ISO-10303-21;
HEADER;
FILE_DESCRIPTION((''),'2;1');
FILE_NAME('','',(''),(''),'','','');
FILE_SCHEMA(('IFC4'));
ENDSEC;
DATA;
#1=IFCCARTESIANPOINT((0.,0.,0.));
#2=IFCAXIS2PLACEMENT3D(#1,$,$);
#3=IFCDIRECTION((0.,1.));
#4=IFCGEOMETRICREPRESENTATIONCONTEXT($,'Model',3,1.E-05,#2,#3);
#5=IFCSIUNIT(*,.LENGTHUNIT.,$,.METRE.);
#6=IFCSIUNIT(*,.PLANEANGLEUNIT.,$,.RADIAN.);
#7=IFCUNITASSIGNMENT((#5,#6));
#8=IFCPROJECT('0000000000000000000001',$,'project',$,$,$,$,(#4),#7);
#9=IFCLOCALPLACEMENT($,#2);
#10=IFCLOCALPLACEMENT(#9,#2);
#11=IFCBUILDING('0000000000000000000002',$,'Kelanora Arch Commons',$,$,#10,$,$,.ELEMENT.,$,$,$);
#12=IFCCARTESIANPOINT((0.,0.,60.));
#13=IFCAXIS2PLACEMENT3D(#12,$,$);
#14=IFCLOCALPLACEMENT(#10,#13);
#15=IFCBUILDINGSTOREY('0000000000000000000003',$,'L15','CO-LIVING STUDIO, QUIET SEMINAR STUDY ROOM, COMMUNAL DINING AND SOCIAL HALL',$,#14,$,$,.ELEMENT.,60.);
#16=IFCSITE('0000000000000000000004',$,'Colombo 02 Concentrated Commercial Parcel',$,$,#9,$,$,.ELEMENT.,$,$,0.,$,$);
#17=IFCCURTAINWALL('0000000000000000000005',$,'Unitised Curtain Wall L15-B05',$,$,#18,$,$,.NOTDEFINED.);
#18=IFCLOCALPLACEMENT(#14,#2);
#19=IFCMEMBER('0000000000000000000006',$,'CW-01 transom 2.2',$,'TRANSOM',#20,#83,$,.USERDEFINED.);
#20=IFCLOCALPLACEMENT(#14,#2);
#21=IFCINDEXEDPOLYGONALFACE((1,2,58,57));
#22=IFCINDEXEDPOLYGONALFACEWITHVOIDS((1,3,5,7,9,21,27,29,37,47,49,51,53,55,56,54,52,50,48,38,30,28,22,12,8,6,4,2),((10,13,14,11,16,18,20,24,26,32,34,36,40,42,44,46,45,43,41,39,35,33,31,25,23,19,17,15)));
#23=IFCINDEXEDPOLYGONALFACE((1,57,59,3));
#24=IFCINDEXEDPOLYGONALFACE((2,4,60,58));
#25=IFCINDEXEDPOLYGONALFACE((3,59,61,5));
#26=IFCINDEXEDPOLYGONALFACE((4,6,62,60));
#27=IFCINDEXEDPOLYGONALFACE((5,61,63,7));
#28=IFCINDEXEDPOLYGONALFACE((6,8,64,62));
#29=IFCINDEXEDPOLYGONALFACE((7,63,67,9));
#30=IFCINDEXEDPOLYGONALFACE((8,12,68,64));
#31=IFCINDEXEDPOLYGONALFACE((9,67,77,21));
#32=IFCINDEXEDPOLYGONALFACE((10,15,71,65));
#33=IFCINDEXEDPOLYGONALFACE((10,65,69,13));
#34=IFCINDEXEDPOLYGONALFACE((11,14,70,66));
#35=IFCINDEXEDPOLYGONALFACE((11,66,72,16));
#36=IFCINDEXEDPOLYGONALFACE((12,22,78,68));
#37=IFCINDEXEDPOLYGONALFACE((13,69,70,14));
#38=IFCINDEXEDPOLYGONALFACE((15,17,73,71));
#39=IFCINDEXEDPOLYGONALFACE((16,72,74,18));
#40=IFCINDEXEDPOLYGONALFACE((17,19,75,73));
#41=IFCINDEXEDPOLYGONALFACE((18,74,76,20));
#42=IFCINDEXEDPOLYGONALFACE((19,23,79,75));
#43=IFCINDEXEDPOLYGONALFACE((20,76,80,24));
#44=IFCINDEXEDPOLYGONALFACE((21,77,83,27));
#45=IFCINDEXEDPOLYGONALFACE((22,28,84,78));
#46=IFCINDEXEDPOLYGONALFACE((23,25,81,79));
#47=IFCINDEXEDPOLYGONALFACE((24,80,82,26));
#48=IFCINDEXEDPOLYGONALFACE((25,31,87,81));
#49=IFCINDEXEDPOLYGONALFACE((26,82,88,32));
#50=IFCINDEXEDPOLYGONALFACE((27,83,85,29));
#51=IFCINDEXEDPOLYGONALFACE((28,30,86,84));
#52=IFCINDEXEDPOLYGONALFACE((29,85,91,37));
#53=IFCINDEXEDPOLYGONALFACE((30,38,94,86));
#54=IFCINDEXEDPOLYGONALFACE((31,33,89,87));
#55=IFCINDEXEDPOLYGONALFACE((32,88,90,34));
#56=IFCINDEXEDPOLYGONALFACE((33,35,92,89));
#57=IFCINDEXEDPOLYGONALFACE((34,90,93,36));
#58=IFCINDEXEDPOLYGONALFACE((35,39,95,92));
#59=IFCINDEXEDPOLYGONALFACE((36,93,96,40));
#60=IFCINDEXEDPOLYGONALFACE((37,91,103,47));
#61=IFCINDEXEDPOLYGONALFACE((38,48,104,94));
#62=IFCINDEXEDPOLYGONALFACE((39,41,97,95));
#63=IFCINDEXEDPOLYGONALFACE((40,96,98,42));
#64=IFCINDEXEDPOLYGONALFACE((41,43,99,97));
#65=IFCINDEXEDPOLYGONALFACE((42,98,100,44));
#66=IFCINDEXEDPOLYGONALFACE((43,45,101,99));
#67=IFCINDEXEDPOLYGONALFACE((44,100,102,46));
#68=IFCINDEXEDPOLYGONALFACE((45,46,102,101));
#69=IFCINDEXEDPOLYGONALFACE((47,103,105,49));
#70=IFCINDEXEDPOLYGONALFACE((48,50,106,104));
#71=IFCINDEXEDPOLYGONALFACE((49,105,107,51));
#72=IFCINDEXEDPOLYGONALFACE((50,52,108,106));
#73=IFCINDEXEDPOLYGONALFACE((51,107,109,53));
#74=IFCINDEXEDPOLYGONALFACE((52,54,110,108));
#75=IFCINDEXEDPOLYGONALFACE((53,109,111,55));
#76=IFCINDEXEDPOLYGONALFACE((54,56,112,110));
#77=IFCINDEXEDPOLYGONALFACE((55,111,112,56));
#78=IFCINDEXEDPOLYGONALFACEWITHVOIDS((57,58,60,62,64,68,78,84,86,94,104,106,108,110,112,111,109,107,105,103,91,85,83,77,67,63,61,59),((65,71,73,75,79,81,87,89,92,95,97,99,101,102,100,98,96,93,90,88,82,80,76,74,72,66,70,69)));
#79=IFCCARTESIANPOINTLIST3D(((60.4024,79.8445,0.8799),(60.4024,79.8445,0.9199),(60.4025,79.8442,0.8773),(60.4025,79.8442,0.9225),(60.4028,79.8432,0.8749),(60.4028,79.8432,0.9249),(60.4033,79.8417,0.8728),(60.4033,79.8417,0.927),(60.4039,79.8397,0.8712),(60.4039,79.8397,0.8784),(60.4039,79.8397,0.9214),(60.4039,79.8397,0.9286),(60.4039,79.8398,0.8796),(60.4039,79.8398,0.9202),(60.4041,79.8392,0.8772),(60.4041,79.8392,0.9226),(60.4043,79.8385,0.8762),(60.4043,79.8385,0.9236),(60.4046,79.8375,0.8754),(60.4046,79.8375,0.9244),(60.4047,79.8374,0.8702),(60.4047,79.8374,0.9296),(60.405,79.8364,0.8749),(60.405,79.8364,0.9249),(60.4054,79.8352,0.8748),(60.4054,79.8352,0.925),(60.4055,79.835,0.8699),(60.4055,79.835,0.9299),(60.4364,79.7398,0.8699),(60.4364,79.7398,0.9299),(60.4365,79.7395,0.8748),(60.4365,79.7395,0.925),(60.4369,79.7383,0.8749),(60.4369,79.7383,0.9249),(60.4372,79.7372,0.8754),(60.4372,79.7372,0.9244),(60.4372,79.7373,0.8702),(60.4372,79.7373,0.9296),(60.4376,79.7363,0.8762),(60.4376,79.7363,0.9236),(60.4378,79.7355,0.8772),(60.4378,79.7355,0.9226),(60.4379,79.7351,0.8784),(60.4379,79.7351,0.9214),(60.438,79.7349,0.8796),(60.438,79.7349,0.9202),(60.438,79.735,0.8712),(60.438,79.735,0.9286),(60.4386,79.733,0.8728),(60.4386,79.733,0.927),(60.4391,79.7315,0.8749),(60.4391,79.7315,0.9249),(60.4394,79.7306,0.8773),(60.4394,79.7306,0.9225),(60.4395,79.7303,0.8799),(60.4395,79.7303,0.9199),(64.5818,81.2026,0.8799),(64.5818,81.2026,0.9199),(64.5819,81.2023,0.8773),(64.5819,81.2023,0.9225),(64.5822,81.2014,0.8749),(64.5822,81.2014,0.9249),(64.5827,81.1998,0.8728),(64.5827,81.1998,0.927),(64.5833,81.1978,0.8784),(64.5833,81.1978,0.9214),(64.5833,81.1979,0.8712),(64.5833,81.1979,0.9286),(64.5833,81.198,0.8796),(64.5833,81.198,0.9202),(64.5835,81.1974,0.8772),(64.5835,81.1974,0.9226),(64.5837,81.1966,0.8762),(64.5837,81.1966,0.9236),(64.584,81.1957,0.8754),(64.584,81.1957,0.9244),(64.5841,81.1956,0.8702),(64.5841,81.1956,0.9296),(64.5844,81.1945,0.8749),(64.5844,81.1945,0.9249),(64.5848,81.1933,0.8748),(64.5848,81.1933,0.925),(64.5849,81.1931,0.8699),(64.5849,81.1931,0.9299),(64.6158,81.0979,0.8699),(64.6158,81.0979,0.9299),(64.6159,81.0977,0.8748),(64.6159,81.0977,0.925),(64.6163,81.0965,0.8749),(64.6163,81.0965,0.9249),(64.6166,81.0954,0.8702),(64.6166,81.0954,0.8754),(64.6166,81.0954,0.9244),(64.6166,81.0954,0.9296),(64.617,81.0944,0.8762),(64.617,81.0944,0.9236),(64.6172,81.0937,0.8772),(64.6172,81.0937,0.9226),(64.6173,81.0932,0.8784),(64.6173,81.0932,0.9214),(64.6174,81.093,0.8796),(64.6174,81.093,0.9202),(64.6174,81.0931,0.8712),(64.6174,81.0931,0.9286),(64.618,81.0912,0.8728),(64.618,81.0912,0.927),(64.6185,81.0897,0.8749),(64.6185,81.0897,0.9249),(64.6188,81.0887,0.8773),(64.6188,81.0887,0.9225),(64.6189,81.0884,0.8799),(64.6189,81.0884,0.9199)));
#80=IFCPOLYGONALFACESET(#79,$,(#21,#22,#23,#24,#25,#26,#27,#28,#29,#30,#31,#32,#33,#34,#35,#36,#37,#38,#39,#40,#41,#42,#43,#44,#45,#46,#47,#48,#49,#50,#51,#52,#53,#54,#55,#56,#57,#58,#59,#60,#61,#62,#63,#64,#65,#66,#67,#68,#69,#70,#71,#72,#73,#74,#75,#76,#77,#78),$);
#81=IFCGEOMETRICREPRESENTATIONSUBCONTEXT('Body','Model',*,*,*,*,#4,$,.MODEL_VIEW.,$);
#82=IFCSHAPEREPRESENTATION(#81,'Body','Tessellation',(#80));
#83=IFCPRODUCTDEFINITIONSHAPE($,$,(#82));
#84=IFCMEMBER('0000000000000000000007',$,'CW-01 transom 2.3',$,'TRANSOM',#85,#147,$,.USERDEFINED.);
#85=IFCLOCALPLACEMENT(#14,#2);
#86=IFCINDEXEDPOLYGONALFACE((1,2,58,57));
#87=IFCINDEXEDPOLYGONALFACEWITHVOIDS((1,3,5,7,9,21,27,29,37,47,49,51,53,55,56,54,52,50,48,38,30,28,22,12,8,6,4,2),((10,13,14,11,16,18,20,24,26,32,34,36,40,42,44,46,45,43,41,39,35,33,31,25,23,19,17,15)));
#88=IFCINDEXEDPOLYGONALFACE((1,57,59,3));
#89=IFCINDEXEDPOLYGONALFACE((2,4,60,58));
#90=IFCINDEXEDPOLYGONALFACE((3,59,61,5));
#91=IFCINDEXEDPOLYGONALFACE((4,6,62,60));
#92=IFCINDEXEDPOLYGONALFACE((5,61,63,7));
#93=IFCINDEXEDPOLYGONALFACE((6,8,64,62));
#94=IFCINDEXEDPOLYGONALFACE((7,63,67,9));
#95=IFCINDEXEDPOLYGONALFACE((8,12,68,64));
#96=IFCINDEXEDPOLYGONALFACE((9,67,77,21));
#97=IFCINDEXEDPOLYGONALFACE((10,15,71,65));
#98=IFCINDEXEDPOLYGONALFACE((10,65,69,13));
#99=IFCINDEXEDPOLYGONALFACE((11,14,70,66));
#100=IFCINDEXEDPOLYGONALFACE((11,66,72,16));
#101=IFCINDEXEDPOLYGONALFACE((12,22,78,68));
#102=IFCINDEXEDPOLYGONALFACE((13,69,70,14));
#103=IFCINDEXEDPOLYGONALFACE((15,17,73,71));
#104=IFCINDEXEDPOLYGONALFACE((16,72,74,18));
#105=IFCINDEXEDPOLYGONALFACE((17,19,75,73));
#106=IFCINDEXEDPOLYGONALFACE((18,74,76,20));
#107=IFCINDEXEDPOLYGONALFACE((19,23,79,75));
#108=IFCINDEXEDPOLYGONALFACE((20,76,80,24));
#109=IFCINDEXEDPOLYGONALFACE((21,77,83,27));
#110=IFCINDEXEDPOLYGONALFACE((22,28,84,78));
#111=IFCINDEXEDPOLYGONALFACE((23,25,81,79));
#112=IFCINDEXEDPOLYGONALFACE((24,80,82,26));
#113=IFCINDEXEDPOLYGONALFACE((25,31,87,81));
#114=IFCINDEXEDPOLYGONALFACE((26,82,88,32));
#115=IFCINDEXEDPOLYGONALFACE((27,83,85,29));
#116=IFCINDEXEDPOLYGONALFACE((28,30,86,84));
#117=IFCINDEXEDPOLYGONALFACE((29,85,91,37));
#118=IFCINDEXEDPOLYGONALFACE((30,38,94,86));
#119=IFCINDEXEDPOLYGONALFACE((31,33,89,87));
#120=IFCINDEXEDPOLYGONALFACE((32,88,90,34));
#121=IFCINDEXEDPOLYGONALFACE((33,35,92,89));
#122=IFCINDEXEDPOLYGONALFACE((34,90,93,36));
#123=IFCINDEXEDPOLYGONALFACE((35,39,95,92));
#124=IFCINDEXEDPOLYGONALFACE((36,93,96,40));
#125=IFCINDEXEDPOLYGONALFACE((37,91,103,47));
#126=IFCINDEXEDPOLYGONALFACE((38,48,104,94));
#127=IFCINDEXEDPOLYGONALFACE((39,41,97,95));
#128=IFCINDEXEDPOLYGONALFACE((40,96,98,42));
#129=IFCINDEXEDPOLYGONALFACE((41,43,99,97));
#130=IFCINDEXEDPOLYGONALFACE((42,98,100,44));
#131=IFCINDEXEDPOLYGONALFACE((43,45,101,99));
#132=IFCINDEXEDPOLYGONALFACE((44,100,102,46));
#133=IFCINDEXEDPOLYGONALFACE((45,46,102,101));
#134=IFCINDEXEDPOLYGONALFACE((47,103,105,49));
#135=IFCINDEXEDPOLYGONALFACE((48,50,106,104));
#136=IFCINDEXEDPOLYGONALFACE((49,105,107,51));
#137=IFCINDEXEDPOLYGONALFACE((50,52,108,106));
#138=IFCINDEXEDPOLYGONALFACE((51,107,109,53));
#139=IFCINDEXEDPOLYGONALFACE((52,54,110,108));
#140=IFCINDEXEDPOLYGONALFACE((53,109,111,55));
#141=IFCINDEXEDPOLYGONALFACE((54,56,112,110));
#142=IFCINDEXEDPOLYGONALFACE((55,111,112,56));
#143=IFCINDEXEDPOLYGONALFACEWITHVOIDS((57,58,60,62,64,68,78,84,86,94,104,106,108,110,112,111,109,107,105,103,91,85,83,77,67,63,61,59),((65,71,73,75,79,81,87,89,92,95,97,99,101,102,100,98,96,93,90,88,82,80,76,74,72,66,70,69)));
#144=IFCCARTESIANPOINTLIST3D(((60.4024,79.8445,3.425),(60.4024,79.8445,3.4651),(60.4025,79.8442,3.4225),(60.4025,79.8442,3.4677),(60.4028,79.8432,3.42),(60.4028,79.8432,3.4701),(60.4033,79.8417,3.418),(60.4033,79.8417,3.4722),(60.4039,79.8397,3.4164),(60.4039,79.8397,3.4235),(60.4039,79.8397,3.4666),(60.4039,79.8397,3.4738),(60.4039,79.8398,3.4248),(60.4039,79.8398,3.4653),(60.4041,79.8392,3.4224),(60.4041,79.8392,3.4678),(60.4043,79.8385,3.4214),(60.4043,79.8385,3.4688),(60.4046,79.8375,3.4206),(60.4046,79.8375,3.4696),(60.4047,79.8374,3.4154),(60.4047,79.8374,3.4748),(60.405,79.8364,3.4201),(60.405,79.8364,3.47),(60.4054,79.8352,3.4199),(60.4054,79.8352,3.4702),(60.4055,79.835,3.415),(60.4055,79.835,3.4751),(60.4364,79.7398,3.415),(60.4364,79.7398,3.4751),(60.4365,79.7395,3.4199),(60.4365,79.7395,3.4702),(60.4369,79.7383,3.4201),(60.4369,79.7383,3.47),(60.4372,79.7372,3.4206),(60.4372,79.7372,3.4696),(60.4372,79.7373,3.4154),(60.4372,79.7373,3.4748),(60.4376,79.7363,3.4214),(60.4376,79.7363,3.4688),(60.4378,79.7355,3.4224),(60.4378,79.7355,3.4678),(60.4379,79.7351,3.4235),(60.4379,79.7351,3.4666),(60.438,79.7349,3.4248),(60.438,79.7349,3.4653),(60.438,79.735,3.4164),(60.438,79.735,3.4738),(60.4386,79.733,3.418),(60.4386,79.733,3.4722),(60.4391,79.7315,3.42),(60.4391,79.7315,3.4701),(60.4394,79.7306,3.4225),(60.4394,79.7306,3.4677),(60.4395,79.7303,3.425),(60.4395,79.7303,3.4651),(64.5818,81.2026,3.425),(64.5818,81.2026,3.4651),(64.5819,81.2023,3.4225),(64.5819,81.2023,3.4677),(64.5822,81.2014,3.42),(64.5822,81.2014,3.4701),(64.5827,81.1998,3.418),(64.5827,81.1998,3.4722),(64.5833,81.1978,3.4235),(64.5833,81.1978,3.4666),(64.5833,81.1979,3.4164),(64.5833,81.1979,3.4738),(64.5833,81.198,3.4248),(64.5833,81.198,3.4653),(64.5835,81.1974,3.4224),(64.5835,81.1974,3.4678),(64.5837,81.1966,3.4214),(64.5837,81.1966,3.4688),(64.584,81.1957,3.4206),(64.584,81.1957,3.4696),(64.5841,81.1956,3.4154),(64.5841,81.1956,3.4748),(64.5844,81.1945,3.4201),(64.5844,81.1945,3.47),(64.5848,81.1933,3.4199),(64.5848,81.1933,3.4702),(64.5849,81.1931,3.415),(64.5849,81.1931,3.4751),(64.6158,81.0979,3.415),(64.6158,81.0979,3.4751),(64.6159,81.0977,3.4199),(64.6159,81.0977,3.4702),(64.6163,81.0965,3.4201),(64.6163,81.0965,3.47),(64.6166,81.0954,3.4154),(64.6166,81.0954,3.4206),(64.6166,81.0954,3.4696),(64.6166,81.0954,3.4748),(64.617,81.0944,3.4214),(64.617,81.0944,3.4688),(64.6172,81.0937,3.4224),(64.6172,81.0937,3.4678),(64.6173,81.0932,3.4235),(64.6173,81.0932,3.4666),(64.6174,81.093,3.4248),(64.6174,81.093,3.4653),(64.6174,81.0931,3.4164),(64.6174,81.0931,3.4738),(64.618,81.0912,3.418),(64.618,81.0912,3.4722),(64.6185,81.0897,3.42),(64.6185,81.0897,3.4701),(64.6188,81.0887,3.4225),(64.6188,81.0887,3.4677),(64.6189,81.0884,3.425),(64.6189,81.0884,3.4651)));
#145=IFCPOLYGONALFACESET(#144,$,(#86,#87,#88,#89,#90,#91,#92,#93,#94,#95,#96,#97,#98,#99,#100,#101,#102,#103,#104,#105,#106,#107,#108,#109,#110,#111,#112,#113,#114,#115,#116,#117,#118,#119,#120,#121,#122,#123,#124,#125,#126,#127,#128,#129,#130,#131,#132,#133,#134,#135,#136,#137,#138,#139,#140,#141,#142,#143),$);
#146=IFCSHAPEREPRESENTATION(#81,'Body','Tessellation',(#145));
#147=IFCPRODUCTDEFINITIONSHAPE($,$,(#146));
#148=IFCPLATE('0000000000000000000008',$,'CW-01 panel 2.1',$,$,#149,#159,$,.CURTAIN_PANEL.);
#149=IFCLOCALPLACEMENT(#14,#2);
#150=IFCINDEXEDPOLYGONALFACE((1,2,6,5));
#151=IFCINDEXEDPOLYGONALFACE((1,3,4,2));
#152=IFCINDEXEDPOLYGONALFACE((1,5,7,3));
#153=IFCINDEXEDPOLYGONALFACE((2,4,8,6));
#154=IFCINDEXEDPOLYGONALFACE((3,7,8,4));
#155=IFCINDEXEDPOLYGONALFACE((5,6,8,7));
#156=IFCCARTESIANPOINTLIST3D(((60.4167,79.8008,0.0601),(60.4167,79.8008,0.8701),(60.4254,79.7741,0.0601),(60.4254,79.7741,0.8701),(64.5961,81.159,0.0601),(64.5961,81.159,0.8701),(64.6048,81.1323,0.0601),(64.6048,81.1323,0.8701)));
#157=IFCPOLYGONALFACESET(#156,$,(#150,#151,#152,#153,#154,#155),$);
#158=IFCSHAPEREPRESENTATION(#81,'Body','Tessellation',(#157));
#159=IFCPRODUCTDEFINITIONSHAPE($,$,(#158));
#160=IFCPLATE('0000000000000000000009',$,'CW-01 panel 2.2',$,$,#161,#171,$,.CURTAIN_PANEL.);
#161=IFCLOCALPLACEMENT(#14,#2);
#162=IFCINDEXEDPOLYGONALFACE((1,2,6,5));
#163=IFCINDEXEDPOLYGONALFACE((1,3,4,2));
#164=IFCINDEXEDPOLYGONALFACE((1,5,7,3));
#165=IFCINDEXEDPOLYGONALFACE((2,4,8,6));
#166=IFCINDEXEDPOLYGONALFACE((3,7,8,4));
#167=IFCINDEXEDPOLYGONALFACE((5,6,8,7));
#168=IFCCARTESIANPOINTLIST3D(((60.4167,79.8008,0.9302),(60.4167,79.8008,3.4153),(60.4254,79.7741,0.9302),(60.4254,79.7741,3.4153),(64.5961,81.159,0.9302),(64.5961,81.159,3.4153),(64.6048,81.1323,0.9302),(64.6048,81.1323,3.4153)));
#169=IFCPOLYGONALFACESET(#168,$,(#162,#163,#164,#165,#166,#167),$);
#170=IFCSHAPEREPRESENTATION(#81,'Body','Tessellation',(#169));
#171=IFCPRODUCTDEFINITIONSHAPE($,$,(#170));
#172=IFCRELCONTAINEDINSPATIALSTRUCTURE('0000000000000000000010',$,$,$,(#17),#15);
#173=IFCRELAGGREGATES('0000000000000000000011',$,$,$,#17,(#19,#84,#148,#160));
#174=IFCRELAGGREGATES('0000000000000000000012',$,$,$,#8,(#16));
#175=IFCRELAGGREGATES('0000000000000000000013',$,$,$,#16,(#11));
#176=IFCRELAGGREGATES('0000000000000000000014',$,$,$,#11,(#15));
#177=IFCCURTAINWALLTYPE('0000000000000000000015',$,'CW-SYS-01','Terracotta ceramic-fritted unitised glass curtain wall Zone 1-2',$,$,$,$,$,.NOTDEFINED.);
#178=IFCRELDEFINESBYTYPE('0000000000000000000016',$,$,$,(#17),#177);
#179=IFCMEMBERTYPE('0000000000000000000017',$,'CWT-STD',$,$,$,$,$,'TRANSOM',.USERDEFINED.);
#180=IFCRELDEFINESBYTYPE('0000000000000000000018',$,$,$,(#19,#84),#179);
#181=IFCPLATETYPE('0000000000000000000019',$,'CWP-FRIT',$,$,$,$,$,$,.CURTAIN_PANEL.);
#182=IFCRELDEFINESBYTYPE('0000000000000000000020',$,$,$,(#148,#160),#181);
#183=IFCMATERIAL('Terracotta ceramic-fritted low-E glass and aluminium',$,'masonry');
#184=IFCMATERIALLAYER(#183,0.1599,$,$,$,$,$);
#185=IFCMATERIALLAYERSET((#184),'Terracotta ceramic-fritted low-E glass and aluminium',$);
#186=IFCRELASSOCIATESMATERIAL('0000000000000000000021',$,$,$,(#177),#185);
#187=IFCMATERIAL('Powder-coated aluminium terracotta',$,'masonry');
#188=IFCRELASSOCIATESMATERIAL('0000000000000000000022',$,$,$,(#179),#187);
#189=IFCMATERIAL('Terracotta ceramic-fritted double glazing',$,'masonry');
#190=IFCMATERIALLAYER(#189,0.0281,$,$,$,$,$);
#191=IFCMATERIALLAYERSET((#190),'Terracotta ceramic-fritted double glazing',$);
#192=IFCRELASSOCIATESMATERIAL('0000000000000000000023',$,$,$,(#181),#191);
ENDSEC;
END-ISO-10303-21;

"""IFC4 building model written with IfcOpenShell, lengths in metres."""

from ifc_helpers import new_model, si_unit, direction, frame, origin, origin_2d, place, context, subcontext, project, spatial, rectangle, hollow_rectangle, extrude, source, transform, mapped, material, layer, layer_set, material_profile, profile_set, type_object, element, aggregate, save


model = new_model("IFC4")

# Units and contexts
model_context = context("Model", 3, precision=1e-05, world=origin(), true_north=direction((0.0, 1.0)))
body_context = subcontext(model_context, "Body", "Model", "MODEL_VIEW")
ifc_project = project(units=[si_unit("LENGTHUNIT", "METRE"), si_unit("PLANEANGLEUNIT", "RADIAN")], contexts=[model_context])

# Site, building, storey
site_placement = place(None, origin())
site = spatial("IfcSite", under=ifc_project, at=site_placement, Name="Colombo 02 Concentrated Commercial Parcel", CompositionType="ELEMENT", RefElevation=0.0)
building_placement = place(site_placement, origin())
building = spatial("IfcBuilding", under=site, at=building_placement, Name="Kelanora Arch Commons", CompositionType="ELEMENT")
storey_placement = place(building_placement, frame((0.0, 0.0, 60.0)))
storey = spatial("IfcBuildingStorey", under=building, at=storey_placement, Name="L15", Description="CO-LIVING STUDIO, QUIET SEMINAR STUDY ROOM, COMMUNAL DINING AND SOCIAL HALL", CompositionType="ELEMENT", Elevation=60.0)

# Curtain wall, members, plates
ifc_material_1 = material(Name="Terracotta ceramic-fritted low-E glass and aluminium", Category="masonry")
ifc_layer_1 = layer(ifc_material_1, 0.1599)
ifc_layer_set_1 = layer_set([ifc_layer_1], Name="Terracotta ceramic-fritted low-E glass and aluminium")
curtain_wall_type = type_object("IfcCurtainWallType", Name="CW-SYS-01", Description="Terracotta ceramic-fritted unitised glass curtain wall Zone 1-2", PredefinedType="NOTDEFINED", material=ifc_layer_set_1)
curtain_wall_placement = place(storey_placement, origin())
curtain_wall = element("IfcCurtainWall", 1, at=curtain_wall_placement, inside=storey, type_object=curtain_wall_type, Name="Unitised Curtain Wall L15-B05", PredefinedType="NOTDEFINED")
ifc_material_2 = material(Name="Powder-coated aluminium terracotta", Category="masonry")
ifc_material_profile_1 = material_profile(ifc_material_2, hollow_rectangle(XDim=0.1201, YDim=0.0601, WallThickness=0.0049, InnerFilletRadius=0.0049, OuterFilletRadius=0.01, at=origin_2d()), Name="CWT120x60")
ifc_profile_set_1 = profile_set([ifc_material_profile_1], Name="Powder-coated aluminium terracotta")
member_type_1 = type_object("IfcMemberType", Name="CWT-STD", ElementType="TRANSOM", PredefinedType="USERDEFINED", material=ifc_profile_set_1)
member_1_placement = place(storey_placement, frame((64.6003, 81.1455, 0.8999), z_axis=(-0.951045, -0.309052, 0.0), x_axis=(0.309052, -0.951045, 0.0)))
member_1 = element("IfcMember", 2, at=member_1_placement, type_object=member_type_1, Name="CW-01 transom 2.2", ObjectType="TRANSOM", PredefinedType="USERDEFINED", context=body_context, shape_type="SweptSolid", body=[
    extrude(hollow_rectangle(XDim=0.1201, YDim=0.0601, WallThickness=0.0049, InnerFilletRadius=0.0049, OuterFilletRadius=0.01, at=origin_2d()), origin(), (0.0, 0.0, 1.0), 4.3945),
])
member_2_placement = place(storey_placement, frame((64.6003, 81.1455, 3.4451), z_axis=(-0.951045, -0.309052, 0.0), x_axis=(0.309052, -0.951045, 0.0)))
member_2 = element("IfcMember", 3, at=member_2_placement, type_object=member_type_1, Name="CW-01 transom 2.3", ObjectType="TRANSOM", PredefinedType="USERDEFINED", context=body_context, shape_type="SweptSolid", body=[
    extrude(hollow_rectangle(XDim=0.1201, YDim=0.0601, WallThickness=0.0049, InnerFilletRadius=0.0049, OuterFilletRadius=0.01, at=origin_2d()), origin(), (0.0, 0.0, 1.0), 4.3945),
])
ifc_material_3 = material(Name="Terracotta ceramic-fritted double glazing", Category="masonry")
ifc_layer_2 = layer(ifc_material_3, 0.0281)
ifc_layer_set_2 = layer_set([ifc_layer_2], Name="Terracotta ceramic-fritted double glazing")
plate_type = type_object("IfcPlateType", Name="CWP-FRIT", PredefinedType="CURTAIN_PANEL", material=ifc_layer_set_2)
shared_shape_1 = source(origin(), body_context, "Body", "SweptSolid", [
    extrude(rectangle(XDim=4.3945, YDim=0.0281, at=origin_2d()), origin(), (0.0, 0.0, 1.0), 0.8101),
])
plate_1_placement = place(storey_placement, frame((62.5107, 80.4666, 0.0601), z_axis=(0.0, 0.0, 1.0), x_axis=(-0.951043, -0.309058, 0.0)))
plate_1 = element("IfcPlate", 4, at=plate_1_placement, type_object=plate_type, Name="CW-01 panel 2.1", PredefinedType="CURTAIN_PANEL", context=body_context, shape_type="MappedRepresentation", body=[
    mapped(shared_shape_1, transform((0.0, 0.0, 0.0), scale=1.0)),
])
shared_shape_2 = source(origin(), body_context, "Body", "SweptSolid", [
    extrude(rectangle(XDim=4.3945, YDim=0.0281, at=origin_2d()), origin(), (0.0, 0.0, 1.0), 2.4851),
])
plate_2_placement = place(storey_placement, frame((62.5107, 80.4666, 0.9302), z_axis=(0.0, 0.0, 1.0), x_axis=(-0.951043, -0.309058, 0.0)))
plate_2 = element("IfcPlate", 5, at=plate_2_placement, type_object=plate_type, Name="CW-01 panel 2.2", PredefinedType="CURTAIN_PANEL", context=body_context, shape_type="MappedRepresentation", body=[
    mapped(shared_shape_2, transform((0.0, 0.0, 0.0), scale=1.0)),
])
aggregate(curtain_wall, [member_1, member_2, plate_1, plate_2])

save(model, "model.ifc")
